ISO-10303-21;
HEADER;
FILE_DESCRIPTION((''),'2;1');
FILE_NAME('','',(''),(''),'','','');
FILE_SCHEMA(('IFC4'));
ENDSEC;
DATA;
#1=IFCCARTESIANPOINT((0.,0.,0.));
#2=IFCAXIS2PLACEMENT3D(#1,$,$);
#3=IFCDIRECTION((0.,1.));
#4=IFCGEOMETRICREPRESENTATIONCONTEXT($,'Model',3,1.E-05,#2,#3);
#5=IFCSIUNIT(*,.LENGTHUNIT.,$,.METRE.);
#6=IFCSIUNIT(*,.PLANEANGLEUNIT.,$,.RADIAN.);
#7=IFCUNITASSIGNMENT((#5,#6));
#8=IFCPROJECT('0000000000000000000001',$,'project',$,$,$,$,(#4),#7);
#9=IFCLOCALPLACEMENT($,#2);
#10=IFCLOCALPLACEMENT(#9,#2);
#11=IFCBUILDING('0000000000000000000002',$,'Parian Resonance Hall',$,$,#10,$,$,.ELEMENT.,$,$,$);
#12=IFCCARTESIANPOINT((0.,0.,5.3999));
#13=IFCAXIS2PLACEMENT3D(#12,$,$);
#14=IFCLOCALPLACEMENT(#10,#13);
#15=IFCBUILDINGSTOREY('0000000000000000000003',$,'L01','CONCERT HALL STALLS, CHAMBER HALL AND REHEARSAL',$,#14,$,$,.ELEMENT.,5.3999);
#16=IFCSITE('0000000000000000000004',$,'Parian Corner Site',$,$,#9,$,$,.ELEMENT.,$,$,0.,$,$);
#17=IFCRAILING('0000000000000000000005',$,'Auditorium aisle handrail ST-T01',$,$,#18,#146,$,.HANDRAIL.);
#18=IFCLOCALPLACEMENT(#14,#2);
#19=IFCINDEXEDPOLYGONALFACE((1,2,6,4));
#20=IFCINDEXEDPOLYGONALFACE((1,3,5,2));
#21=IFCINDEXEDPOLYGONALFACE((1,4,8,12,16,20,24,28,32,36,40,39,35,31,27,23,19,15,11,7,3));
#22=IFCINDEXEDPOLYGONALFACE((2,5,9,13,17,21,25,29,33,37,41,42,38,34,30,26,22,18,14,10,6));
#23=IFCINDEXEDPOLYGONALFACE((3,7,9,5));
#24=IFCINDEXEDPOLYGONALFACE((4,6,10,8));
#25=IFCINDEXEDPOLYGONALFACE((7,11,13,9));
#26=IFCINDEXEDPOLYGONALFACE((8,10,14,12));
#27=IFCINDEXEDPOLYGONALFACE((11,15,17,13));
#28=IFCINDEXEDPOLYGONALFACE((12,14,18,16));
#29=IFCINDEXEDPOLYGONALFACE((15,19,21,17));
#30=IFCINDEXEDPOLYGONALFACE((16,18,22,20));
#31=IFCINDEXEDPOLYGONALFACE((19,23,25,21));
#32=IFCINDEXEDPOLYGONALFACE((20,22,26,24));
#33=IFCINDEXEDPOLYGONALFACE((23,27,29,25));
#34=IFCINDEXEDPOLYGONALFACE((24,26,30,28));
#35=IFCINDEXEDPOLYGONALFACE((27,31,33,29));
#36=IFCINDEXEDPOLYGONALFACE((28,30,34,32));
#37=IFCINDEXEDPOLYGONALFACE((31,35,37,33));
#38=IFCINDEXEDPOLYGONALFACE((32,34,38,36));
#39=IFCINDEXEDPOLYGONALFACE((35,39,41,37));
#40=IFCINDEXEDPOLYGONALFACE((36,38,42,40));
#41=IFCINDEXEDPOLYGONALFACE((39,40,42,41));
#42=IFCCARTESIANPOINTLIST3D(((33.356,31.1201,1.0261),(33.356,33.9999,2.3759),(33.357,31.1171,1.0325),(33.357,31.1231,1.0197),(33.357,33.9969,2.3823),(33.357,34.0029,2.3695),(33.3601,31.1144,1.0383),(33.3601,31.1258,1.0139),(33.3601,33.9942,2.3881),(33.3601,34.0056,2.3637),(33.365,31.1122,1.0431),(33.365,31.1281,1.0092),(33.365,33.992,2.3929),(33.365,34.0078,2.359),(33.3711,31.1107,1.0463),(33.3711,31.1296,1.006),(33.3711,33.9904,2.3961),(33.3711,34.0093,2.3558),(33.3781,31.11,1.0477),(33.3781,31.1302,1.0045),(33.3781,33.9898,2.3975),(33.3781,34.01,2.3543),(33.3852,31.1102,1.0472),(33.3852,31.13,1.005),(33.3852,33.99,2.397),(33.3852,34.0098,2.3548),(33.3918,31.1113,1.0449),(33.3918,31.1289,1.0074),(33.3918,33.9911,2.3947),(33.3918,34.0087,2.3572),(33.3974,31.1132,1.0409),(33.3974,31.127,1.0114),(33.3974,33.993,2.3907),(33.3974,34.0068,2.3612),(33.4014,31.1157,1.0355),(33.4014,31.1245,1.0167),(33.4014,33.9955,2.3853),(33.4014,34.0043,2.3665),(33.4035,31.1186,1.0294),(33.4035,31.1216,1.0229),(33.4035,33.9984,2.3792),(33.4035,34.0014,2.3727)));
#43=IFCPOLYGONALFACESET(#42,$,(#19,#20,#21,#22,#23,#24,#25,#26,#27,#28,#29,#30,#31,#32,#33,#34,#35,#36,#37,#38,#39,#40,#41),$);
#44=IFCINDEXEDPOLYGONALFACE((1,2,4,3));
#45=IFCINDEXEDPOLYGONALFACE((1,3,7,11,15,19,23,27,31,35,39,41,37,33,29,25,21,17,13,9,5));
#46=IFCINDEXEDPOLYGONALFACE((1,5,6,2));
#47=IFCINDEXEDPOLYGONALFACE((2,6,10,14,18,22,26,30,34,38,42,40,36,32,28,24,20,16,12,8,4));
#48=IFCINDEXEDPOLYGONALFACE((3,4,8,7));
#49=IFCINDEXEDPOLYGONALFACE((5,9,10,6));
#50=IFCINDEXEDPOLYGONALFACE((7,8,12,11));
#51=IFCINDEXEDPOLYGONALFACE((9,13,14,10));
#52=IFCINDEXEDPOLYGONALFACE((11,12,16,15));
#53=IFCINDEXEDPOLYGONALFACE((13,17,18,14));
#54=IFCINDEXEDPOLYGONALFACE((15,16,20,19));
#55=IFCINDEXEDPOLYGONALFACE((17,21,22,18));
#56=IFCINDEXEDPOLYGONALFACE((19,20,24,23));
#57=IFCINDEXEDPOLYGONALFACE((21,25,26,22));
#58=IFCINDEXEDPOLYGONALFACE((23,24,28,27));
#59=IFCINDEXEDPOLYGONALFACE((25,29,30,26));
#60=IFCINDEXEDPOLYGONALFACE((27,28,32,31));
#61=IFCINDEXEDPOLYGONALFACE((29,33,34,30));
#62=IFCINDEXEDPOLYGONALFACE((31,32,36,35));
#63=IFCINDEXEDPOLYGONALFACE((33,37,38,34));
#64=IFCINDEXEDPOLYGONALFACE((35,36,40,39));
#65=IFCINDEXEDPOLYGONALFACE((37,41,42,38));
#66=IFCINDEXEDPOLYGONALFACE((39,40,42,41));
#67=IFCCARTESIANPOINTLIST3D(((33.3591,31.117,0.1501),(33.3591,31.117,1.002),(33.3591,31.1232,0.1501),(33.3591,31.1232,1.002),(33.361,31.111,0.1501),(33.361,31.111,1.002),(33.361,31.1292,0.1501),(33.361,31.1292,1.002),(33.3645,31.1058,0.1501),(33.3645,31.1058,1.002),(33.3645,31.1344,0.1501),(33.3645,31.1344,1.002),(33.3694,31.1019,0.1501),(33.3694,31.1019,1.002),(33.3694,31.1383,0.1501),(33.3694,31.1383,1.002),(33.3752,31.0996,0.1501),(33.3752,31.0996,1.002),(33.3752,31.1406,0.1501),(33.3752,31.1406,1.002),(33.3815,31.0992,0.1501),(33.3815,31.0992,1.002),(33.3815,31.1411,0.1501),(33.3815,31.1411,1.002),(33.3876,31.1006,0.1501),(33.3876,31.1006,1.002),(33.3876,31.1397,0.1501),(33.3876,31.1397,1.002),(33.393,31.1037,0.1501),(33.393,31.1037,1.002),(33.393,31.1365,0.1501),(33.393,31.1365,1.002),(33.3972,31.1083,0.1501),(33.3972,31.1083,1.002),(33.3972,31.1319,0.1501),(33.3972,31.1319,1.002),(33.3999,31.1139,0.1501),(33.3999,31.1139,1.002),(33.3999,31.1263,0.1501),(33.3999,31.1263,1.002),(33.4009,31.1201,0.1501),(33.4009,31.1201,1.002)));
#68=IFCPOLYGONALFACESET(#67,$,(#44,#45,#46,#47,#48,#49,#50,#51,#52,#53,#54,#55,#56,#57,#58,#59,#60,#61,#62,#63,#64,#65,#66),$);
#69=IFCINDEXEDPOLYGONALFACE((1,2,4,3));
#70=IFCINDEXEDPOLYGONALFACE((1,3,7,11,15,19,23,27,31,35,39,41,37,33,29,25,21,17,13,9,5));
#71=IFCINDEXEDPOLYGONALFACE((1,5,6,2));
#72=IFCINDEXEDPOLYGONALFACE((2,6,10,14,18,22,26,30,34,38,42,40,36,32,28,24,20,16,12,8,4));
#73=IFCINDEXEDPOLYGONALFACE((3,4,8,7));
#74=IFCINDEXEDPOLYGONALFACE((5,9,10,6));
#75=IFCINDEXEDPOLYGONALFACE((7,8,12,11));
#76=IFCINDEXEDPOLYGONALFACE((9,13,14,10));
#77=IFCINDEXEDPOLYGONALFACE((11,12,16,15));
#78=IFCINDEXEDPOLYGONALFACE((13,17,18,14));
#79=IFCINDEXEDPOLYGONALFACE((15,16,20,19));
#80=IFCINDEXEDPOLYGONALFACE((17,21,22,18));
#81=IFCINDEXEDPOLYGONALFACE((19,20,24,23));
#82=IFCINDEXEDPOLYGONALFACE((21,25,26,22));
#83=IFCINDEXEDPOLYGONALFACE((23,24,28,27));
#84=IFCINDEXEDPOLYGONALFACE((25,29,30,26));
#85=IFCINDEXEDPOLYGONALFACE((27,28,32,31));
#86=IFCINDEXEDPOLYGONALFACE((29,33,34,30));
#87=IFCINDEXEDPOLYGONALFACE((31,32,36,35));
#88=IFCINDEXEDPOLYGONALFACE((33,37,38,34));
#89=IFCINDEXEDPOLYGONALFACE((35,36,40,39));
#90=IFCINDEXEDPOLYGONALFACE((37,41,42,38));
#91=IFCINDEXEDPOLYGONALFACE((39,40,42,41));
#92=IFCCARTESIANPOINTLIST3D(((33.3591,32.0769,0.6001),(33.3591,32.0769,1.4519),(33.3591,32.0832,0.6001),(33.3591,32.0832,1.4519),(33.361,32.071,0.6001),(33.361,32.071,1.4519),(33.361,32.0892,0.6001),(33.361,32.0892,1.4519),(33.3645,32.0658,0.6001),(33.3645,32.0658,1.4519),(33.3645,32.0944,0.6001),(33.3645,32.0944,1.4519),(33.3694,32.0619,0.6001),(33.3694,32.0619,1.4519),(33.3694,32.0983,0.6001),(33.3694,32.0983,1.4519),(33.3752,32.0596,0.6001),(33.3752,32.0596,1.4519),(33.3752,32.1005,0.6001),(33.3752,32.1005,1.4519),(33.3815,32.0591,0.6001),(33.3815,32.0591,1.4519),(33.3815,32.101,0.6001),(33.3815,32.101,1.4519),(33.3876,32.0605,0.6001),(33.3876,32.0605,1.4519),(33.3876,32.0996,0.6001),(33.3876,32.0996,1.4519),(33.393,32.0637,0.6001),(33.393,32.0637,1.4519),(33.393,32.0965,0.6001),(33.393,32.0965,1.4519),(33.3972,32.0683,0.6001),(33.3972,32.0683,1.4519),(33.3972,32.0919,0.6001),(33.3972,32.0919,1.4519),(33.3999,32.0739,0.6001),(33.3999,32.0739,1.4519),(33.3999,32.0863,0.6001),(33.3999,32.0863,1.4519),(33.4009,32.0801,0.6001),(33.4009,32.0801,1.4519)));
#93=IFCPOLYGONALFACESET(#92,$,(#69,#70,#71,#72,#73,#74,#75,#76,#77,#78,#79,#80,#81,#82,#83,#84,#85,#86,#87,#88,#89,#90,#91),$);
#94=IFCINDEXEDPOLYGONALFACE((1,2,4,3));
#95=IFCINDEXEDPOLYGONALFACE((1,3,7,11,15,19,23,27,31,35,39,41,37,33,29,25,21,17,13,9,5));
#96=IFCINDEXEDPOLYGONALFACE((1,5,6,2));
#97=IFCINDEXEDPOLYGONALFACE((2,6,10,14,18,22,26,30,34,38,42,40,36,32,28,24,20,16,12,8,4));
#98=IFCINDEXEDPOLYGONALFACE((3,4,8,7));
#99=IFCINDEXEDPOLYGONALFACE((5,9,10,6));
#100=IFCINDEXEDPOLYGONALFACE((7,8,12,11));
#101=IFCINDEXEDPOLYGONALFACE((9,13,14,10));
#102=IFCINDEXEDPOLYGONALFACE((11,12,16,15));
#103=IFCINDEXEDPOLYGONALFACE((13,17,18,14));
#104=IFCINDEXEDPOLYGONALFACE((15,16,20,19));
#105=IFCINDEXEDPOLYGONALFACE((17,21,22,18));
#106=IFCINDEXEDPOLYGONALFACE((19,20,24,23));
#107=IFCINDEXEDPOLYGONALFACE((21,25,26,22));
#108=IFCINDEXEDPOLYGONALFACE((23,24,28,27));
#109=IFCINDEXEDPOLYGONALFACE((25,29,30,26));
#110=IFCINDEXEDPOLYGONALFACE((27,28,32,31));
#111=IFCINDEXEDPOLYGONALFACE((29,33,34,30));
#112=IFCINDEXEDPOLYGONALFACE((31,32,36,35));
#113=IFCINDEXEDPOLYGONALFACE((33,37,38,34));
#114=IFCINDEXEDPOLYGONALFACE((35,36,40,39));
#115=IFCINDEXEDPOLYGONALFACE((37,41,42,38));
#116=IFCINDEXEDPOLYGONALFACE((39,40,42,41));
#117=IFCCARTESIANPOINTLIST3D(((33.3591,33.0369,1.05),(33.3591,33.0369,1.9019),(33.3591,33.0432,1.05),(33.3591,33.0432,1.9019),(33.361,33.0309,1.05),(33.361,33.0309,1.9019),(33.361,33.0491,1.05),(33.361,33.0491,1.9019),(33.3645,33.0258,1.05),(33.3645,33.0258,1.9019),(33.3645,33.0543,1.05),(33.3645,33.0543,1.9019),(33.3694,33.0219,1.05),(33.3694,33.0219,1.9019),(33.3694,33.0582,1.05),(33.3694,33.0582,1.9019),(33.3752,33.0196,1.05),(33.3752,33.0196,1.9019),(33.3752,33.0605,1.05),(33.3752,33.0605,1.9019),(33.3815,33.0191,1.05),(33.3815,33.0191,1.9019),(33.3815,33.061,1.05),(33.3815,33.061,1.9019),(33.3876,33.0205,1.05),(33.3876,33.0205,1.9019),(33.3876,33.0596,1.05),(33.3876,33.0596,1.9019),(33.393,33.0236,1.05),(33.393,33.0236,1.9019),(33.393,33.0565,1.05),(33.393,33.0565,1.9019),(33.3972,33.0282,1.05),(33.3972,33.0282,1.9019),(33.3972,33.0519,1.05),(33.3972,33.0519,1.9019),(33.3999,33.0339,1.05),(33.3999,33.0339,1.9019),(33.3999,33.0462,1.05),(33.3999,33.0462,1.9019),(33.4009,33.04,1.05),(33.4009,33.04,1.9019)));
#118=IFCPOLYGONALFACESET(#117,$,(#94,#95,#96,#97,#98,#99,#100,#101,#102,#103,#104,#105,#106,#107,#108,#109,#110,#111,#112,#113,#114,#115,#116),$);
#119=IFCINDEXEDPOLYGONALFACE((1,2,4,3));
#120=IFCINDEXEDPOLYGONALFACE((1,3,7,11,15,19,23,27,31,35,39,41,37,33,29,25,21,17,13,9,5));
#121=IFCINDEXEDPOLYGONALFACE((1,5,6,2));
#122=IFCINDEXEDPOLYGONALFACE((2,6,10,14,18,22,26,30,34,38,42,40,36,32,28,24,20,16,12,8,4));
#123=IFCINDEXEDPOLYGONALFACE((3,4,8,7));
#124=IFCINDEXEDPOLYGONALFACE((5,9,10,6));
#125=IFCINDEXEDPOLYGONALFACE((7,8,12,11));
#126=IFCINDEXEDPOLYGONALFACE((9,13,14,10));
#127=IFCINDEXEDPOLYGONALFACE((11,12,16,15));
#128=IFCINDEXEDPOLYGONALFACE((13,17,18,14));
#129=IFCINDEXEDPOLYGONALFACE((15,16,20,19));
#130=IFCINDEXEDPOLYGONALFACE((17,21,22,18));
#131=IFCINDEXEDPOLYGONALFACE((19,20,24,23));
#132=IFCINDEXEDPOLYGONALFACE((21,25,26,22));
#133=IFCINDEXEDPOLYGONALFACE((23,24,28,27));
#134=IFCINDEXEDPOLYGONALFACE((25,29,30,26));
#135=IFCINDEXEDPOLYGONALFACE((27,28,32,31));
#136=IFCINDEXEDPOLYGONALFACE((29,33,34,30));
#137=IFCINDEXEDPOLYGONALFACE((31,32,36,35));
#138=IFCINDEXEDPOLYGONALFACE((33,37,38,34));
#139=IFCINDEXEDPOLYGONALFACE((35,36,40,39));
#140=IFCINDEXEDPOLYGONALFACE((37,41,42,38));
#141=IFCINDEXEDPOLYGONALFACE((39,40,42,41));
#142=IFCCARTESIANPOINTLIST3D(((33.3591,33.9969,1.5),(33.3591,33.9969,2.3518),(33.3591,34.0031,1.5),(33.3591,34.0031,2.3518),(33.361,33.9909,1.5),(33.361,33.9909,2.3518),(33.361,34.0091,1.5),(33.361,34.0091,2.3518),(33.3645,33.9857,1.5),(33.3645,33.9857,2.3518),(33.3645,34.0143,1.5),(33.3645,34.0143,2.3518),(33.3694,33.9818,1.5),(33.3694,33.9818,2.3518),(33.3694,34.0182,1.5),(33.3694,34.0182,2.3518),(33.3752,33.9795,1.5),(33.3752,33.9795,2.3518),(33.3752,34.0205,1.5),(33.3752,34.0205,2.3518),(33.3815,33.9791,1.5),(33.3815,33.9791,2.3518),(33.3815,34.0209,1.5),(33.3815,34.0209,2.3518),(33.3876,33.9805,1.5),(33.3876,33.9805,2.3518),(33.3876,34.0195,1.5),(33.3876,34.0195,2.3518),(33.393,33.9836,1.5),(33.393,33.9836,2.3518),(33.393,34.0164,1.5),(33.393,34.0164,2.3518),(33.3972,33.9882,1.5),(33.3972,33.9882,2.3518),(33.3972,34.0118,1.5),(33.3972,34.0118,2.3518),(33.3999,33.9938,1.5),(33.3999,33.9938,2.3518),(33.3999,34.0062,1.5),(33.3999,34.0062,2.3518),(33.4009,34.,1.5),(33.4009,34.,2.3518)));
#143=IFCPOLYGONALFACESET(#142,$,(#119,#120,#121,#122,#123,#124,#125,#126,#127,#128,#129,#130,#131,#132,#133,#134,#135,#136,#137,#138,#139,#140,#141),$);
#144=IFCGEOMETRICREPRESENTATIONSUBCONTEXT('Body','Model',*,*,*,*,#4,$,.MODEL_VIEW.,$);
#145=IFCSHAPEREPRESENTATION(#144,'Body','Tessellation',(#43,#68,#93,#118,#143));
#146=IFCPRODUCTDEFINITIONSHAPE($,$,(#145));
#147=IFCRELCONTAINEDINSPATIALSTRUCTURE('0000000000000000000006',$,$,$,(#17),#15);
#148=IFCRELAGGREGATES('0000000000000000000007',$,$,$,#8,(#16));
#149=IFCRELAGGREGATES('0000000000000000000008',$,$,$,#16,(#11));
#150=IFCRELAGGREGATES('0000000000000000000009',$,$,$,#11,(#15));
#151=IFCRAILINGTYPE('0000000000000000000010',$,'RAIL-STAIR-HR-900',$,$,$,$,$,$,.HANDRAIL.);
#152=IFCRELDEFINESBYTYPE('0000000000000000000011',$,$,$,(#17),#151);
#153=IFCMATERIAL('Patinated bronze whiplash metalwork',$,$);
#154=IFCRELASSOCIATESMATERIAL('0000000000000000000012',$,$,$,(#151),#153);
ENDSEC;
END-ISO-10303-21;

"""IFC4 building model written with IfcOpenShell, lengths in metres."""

from ifc_helpers import new_model, si_unit, direction, frame, origin, origin_2d, place, context, subcontext, project, spatial, circle, extrude, material, type_object, element, save


model = new_model("IFC4")

# Units and contexts
model_context = context("Model", 3, precision=1e-05, world=origin(), true_north=direction((0.0, 1.0)))
body_context = subcontext(model_context, "Body", "Model", "MODEL_VIEW")
ifc_project = project(units=[si_unit("LENGTHUNIT", "METRE"), si_unit("PLANEANGLEUNIT", "RADIAN")], contexts=[model_context])

# Site, building, storey
site_placement = place(None, origin())
site = spatial("IfcSite", under=ifc_project, at=site_placement, Name="Parian Corner Site", CompositionType="ELEMENT", RefElevation=0.0)
building_placement = place(site_placement, origin())
building = spatial("IfcBuilding", under=site, at=building_placement, Name="Parian Resonance Hall", CompositionType="ELEMENT")
storey_placement = place(building_placement, frame((0.0, 0.0, 5.3999)))
storey = spatial("IfcBuildingStorey", under=building, at=storey_placement, Name="L01", Description="CONCERT HALL STALLS, CHAMBER HALL AND REHEARSAL", CompositionType="ELEMENT", Elevation=5.3999)

# Railing
ifc_material_1 = material(Name="Patinated bronze whiplash metalwork")
railing_type_1 = type_object("IfcRailingType", Name="RAIL-STAIR-HR-900", PredefinedType="HANDRAIL", material=ifc_material_1)
railing_1_placement = place(storey_placement, frame((33.3799, 31.1201, 0.1501)))
element("IfcRailing", 1, at=railing_1_placement, inside=storey, type_object=railing_type_1, Name="Auditorium aisle handrail ST-T01", PredefinedType="HANDRAIL", context=body_context, shape_type="SweptSolid", body=[
    extrude(circle(Radius=0.0239, at=origin_2d()), frame((0.0, 0.0, 0.876), z_axis=(0.0, 0.90547, 0.42441), x_axis=(-1.0, 0.0, 0.0)), (0.0, 0.0, 1.0), 3.1804),
    extrude(circle(Radius=0.021, at=origin_2d()), origin(), (0.0, 0.0, 1.0), 0.8518),
    extrude(circle(Radius=0.021, at=origin_2d()), frame((0.0, 0.96, 0.45)), (0.0, 0.0, 1.0), 0.8518),
    extrude(circle(Radius=0.021, at=origin_2d()), frame((0.0, 1.9199, 0.8999)), (0.0, 0.0, 1.0), 0.8518),
    extrude(circle(Radius=0.021, at=origin_2d()), frame((0.0, 2.8799, 1.3499)), (0.0, 0.0, 1.0), 0.8518),
])

save(model, "model.ifc")
